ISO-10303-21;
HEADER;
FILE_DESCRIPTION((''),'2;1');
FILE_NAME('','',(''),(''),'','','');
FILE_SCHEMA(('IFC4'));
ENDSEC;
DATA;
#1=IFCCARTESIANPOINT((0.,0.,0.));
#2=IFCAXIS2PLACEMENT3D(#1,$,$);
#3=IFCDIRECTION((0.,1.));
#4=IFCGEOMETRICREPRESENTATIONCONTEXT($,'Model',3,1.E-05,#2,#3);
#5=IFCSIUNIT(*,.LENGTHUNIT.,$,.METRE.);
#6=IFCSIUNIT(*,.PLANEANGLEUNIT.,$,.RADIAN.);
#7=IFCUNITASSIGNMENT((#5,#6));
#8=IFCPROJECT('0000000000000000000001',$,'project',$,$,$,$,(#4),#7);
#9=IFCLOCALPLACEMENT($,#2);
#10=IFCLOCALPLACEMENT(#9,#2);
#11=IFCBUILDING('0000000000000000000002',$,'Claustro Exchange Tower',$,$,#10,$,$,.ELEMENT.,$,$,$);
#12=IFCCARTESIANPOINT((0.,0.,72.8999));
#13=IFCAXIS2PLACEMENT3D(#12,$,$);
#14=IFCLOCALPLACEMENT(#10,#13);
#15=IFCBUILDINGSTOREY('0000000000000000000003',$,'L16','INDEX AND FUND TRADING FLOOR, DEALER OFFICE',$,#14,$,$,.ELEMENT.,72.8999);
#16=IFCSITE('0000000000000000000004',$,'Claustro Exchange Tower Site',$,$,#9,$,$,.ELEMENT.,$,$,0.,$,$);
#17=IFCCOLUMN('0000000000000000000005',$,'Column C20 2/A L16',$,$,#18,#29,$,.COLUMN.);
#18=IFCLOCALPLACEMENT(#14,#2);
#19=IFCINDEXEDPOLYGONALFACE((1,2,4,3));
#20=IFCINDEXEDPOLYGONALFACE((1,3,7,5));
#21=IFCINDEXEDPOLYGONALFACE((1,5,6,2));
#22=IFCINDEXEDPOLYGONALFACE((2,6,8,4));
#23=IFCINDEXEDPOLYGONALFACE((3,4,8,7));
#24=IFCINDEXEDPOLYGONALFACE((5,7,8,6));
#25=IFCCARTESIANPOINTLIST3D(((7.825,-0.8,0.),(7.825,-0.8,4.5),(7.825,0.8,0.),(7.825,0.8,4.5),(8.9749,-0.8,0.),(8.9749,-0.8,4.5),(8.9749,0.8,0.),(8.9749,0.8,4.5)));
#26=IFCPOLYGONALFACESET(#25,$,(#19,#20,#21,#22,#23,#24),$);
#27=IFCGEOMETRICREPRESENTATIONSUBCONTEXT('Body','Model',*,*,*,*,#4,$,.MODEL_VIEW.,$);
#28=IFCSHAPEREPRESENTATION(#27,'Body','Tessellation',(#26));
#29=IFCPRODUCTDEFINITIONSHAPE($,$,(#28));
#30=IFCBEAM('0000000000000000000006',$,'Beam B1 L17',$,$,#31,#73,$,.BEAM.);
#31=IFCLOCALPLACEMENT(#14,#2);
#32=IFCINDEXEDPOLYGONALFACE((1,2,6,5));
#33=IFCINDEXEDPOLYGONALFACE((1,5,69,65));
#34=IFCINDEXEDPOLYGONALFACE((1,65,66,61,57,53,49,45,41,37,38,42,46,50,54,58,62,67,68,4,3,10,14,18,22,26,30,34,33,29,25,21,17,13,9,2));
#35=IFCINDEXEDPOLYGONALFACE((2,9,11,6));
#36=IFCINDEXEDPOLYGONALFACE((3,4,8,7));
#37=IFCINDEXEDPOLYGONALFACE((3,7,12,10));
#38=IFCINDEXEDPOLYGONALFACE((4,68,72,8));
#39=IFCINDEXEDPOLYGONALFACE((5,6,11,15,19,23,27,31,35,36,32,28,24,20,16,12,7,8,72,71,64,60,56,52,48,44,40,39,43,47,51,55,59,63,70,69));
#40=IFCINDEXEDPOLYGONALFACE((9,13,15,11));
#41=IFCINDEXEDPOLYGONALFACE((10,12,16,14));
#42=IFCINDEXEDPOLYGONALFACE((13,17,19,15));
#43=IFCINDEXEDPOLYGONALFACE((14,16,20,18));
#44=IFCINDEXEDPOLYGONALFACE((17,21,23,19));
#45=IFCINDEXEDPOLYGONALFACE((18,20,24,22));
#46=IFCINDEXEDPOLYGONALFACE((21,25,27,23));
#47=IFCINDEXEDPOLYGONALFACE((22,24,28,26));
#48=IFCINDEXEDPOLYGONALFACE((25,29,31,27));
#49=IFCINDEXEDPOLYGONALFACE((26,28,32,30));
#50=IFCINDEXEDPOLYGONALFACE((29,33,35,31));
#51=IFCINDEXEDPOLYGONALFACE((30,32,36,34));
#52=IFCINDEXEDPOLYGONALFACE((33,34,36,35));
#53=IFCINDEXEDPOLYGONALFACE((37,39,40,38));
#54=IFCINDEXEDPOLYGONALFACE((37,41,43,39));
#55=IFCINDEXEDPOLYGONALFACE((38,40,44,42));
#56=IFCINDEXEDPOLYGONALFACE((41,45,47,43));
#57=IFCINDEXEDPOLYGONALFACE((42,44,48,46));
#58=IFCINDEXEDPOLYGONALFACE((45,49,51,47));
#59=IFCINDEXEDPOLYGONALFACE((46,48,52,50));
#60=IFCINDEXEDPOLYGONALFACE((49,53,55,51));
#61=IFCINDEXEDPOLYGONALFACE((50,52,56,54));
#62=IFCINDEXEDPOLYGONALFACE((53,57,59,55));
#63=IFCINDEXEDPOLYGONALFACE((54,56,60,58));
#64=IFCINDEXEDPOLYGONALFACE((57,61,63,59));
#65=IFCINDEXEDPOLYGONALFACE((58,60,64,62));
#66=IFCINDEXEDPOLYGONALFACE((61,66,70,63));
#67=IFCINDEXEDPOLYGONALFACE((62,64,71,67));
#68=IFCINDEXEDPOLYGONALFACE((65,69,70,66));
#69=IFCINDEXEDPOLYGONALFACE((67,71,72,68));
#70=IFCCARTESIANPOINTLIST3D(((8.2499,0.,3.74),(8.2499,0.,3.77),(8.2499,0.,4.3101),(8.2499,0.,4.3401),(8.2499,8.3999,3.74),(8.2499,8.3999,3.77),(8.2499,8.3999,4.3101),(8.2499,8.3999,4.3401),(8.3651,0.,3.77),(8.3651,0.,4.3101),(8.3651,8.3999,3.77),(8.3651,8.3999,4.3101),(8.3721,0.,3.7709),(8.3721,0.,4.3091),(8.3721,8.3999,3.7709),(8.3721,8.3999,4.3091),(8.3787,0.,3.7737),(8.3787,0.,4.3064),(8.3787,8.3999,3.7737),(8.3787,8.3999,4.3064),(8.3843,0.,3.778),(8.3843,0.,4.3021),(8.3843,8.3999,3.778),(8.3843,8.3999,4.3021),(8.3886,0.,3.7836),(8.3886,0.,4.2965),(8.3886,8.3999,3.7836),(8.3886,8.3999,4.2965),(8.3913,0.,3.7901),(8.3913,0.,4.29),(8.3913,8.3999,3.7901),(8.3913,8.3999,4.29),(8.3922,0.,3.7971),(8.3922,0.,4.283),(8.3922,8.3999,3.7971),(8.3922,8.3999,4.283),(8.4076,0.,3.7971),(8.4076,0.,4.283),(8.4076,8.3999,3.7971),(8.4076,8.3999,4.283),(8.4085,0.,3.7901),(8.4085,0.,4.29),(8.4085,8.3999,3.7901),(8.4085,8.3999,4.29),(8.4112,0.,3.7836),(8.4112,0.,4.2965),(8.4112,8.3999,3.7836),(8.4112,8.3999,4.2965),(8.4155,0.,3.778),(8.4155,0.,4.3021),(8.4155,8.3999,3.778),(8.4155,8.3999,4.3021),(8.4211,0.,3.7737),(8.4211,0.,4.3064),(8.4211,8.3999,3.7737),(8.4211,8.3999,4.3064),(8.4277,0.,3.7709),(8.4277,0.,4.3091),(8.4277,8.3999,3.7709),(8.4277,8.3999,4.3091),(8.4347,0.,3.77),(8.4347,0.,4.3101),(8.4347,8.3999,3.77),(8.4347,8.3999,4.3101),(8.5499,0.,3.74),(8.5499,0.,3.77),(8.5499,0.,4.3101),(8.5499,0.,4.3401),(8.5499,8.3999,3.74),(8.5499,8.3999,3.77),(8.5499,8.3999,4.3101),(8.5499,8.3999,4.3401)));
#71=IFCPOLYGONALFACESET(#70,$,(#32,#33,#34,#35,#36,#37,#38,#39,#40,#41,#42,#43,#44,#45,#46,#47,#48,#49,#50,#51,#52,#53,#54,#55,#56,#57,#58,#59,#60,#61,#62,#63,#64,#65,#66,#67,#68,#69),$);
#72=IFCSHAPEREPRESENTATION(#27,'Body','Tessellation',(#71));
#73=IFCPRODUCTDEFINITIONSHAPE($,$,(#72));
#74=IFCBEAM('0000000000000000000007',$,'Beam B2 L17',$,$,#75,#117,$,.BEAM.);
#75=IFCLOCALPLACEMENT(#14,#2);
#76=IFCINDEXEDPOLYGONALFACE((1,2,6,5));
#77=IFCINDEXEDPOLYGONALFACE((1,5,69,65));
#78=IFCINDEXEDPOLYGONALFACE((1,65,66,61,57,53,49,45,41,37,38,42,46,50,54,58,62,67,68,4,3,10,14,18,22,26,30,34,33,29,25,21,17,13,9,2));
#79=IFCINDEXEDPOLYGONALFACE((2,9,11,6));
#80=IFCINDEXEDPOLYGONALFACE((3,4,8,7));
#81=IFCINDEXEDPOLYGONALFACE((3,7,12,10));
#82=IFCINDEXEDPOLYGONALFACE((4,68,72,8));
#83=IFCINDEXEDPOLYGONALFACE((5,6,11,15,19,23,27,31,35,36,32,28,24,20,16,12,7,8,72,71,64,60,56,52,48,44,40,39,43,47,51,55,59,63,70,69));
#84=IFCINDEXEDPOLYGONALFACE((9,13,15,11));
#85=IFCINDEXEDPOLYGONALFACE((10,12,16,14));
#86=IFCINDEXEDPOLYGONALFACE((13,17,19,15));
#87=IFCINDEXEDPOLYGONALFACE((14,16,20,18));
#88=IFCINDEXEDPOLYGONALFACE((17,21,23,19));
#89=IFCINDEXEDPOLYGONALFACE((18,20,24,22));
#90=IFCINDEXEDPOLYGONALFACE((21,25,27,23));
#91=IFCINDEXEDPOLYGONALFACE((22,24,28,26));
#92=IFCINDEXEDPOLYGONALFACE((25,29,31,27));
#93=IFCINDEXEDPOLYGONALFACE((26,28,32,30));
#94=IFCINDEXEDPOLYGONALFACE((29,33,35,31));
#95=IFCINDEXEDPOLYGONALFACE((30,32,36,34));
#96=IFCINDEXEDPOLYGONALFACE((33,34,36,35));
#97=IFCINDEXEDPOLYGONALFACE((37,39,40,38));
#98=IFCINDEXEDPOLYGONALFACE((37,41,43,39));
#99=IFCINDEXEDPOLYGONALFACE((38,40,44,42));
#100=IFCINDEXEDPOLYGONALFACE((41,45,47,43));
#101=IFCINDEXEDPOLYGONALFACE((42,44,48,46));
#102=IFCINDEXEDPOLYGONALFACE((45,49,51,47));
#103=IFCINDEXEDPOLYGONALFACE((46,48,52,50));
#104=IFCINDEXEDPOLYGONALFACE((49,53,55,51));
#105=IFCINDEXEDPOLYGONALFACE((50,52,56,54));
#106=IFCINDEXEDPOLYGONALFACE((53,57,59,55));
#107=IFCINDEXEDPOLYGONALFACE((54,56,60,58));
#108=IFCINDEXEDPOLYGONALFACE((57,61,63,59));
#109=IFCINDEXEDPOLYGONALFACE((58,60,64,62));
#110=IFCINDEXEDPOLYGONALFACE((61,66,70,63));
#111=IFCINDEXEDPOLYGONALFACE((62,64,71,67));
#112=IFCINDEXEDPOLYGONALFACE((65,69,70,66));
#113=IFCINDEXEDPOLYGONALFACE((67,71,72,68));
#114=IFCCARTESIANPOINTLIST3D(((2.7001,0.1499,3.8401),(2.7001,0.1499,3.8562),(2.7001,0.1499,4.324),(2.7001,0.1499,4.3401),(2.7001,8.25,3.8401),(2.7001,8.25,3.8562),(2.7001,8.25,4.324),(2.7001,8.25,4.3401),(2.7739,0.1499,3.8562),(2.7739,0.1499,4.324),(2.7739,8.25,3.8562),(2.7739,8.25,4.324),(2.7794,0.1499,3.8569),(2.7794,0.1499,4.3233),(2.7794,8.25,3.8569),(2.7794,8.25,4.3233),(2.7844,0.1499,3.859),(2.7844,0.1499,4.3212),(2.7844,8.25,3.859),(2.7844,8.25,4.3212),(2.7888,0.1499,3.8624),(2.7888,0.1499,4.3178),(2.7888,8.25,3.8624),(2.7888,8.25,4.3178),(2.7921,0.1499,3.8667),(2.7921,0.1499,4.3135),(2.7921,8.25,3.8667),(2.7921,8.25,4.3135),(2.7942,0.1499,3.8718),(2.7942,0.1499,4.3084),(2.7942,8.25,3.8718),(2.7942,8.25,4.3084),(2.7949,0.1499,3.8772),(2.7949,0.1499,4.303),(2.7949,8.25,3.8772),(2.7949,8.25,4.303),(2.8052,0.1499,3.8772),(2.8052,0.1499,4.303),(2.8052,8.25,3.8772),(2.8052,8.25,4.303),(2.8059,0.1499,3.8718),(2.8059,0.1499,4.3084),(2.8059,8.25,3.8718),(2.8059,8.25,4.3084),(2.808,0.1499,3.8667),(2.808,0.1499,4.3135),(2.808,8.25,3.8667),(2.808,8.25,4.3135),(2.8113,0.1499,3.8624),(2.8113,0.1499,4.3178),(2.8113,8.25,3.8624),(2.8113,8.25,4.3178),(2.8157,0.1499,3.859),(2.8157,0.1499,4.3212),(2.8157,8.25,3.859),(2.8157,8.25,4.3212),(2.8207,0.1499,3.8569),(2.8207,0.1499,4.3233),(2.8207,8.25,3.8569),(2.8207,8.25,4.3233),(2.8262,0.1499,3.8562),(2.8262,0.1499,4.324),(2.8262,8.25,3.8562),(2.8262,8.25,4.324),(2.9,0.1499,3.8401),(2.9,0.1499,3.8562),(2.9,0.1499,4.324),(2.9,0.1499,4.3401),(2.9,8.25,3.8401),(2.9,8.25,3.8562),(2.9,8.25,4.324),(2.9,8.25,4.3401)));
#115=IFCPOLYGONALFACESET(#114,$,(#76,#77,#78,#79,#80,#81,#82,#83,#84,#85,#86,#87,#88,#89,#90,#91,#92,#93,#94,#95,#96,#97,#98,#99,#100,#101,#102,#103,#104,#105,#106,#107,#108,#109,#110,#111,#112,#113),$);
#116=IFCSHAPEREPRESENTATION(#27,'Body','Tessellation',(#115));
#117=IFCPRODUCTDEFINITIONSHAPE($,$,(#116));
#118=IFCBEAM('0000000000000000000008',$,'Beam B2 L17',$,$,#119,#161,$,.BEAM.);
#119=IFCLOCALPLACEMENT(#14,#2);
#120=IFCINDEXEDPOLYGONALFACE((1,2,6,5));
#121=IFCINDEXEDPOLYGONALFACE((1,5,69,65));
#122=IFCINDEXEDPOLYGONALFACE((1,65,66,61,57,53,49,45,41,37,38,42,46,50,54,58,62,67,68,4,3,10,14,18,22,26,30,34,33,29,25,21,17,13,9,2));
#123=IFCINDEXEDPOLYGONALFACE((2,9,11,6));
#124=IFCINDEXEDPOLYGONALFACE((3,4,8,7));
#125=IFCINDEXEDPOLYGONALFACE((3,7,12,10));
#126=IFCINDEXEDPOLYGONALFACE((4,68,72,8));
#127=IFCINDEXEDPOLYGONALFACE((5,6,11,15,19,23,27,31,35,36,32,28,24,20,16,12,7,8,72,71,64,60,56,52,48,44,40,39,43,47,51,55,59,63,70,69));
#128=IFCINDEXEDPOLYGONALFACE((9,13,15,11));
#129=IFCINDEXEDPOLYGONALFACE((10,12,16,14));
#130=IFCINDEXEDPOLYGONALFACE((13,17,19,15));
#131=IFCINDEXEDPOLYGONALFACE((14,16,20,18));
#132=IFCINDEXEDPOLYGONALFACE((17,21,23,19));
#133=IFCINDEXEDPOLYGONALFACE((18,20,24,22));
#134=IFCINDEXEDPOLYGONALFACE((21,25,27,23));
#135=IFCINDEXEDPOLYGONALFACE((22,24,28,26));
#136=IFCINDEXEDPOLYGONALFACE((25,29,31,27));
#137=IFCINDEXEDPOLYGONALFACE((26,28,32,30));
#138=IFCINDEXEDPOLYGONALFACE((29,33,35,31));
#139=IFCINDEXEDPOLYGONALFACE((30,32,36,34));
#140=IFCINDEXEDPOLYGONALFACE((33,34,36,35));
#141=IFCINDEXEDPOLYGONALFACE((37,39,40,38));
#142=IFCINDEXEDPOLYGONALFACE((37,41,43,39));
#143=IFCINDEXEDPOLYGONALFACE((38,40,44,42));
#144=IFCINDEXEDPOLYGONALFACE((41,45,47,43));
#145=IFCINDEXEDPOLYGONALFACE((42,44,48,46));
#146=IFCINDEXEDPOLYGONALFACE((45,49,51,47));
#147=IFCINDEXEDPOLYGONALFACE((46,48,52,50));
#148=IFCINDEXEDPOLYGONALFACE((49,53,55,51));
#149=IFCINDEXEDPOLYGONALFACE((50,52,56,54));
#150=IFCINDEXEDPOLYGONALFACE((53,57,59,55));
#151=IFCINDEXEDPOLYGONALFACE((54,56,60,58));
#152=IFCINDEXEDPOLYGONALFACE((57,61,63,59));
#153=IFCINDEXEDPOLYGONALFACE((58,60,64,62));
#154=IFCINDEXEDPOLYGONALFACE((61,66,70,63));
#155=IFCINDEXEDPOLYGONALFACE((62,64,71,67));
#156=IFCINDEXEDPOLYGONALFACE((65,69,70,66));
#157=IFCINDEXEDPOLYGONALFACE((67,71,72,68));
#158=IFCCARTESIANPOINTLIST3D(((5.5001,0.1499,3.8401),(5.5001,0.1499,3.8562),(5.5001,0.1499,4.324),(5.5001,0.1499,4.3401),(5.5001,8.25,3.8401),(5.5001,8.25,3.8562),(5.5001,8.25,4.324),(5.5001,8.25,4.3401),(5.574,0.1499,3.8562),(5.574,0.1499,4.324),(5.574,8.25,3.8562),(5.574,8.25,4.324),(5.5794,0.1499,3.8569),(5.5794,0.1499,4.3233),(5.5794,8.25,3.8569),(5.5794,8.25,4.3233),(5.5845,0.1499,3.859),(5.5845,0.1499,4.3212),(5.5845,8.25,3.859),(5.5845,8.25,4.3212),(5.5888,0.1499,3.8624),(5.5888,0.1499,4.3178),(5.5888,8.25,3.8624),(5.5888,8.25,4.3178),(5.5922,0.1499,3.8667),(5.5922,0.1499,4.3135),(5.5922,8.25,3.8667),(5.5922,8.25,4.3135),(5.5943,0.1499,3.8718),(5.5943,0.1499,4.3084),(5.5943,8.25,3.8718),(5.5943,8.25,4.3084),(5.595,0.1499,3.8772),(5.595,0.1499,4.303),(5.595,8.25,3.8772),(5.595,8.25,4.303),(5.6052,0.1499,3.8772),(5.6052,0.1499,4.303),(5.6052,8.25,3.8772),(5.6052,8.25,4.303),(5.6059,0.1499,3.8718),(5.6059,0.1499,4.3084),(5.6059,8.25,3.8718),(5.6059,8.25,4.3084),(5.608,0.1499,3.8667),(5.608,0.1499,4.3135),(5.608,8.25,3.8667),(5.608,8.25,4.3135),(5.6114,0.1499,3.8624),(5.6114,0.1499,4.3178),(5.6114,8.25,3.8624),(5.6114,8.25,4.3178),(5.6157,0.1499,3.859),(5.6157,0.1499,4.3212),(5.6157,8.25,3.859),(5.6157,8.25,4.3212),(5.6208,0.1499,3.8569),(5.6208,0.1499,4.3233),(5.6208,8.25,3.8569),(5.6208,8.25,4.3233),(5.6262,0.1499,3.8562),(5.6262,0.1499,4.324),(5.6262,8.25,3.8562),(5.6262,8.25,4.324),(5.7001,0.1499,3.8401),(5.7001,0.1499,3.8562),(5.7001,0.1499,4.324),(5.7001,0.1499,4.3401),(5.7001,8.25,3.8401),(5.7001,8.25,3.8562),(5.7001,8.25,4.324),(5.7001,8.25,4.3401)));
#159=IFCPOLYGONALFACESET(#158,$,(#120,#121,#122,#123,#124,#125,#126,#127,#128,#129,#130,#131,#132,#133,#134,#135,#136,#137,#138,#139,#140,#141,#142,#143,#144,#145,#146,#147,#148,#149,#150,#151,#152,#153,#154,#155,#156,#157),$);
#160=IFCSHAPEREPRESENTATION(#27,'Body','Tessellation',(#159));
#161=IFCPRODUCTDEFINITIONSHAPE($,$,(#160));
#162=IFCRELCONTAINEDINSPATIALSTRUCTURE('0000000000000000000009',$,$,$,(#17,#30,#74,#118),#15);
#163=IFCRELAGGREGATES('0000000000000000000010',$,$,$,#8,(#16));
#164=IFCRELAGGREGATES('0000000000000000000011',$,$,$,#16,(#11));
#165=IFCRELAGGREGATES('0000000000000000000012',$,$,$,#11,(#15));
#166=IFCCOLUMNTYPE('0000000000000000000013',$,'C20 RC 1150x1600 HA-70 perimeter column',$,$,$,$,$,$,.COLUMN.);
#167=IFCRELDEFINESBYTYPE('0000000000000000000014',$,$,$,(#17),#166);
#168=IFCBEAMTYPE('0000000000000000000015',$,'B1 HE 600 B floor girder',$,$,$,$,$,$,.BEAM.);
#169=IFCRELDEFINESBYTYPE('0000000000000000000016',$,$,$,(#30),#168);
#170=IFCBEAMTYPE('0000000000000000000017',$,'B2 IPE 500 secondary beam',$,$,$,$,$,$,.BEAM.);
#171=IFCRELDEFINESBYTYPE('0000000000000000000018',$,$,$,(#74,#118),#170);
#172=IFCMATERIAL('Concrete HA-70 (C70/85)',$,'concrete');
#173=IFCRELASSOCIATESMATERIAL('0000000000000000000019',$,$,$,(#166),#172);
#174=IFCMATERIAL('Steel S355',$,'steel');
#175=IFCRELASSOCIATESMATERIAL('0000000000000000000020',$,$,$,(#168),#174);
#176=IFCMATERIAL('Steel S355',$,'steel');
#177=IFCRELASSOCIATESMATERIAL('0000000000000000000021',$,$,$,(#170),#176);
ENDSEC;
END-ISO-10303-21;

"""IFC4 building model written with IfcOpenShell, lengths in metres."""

from ifc_helpers import new_model, si_unit, direction, frame, origin, origin_2d, place, context, subcontext, project, spatial, rectangle, i_section, extrude, material, material_profile, profile_set, type_object, element, save


model = new_model("IFC4")

# Units and contexts
model_context = context("Model", 3, precision=1e-05, world=origin(), true_north=direction((0.0, 1.0)))
body_context = subcontext(model_context, "Body", "Model", "MODEL_VIEW")
ifc_project = project(units=[si_unit("LENGTHUNIT", "METRE"), si_unit("PLANEANGLEUNIT", "RADIAN")], contexts=[model_context])

# Site, building, storey
site_placement = place(None, origin())
site = spatial("IfcSite", under=ifc_project, at=site_placement, Name="Claustro Exchange Tower Site", CompositionType="ELEMENT", RefElevation=0.0)
building_placement = place(site_placement, origin())
building = spatial("IfcBuilding", under=site, at=building_placement, Name="Claustro Exchange Tower", CompositionType="ELEMENT")
storey_placement = place(building_placement, frame((0.0, 0.0, 72.8999)))
storey = spatial("IfcBuildingStorey", under=building, at=storey_placement, Name="L16", Description="INDEX AND FUND TRADING FLOOR, DEALER OFFICE", CompositionType="ELEMENT", Elevation=72.8999)

# Column
ifc_material_1 = material(Name="Concrete HA-70 (C70/85)", Category="concrete")
ifc_material_profile_1 = material_profile(ifc_material_1, rectangle(XDim=1.1499, YDim=1.6001, at=origin_2d()), Name="RC 1150x1600")
ifc_profile_set_1 = profile_set([ifc_material_profile_1], Name="Concrete HA-70 (C70/85)")
column_type = type_object("IfcColumnType", Name="C20 RC 1150x1600 HA-70 perimeter column", PredefinedType="COLUMN", material=ifc_profile_set_1)
column_placement = place(storey_placement, frame((8.3999, 0.0, 0.0), z_axis=(0.0, 0.0, 1.0), x_axis=(1.0, 0.0, 0.0)))
element("IfcColumn", 1, at=column_placement, inside=storey, type_object=column_type, Name="Column C20 2/A L16", PredefinedType="COLUMN", context=body_context, shape_type="SweptSolid", body=[
    extrude(rectangle(XDim=1.1499, YDim=1.6001, at=origin_2d()), origin(), (0.0, 0.0, 1.0), 4.5),
])

# Beams
ifc_material_2 = material(Name="Steel S355", Category="steel")
ifc_material_profile_2 = material_profile(ifc_material_2, i_section(OverallWidth=0.3, OverallDepth=0.6001, WebThickness=0.0154, FlangeThickness=0.03, FilletRadius=0.0271, at=origin_2d()), Name="HE 600 B")
ifc_profile_set_2 = profile_set([ifc_material_profile_2], Name="Steel S355")
beam_type_1 = type_object("IfcBeamType", Name="B1 HE 600 B floor girder", PredefinedType="BEAM", material=ifc_profile_set_2)
beam_1_placement = place(storey_placement, frame((8.3999, 0.0, 4.04), z_axis=(0.0, 1.0, 0.0), x_axis=(-1.0, 0.0, 0.0)))
element("IfcBeam", 2, at=beam_1_placement, inside=storey, type_object=beam_type_1, Name="Beam B1 L17", PredefinedType="BEAM", context=body_context, shape_type="SweptSolid", body=[
    extrude(i_section(OverallWidth=0.3, OverallDepth=0.6001, WebThickness=0.0154, FlangeThickness=0.03, FilletRadius=0.0271, at=origin_2d()), origin(), (0.0, 0.0, 1.0), 8.3999),
])
ifc_material_3 = material(Name="Steel S355", Category="steel")
ifc_material_profile_3 = material_profile(ifc_material_3, i_section(OverallWidth=0.2, OverallDepth=0.5, WebThickness=0.0103, FlangeThickness=0.0161, FilletRadius=0.021, at=origin_2d()), Name="IPE 500")
ifc_profile_set_3 = profile_set([ifc_material_profile_3], Name="Steel S355")
beam_type_2 = type_object("IfcBeamType", Name="B2 IPE 500 secondary beam", PredefinedType="BEAM", material=ifc_profile_set_3)
for number, where, z_axis, x_axis, name in (
    (3, (2.8, 0.1499, 4.0901), (0.0, 1.0, 0.0), (-1.0, 0.0, 0.0), "Beam B2 L17"),
    (4, (5.6001, 0.1499, 4.0901), (0.0, 1.0, 0.0), (-1.0, 0.0, 0.0), "Beam B2 L17"),
):
    element("IfcBeam", number, at=place(storey_placement, frame(where, z_axis=z_axis, x_axis=x_axis)), inside=storey, type_object=beam_type_2, Name=name, PredefinedType="BEAM", context=body_context, shape_type="SweptSolid", body=[
        extrude(i_section(OverallWidth=0.2, OverallDepth=0.5, WebThickness=0.0103, FlangeThickness=0.0161, FilletRadius=0.021, at=origin_2d()), origin(), (0.0, 0.0, 1.0), 8.1001),
    ])

save(model, "model.ifc")
